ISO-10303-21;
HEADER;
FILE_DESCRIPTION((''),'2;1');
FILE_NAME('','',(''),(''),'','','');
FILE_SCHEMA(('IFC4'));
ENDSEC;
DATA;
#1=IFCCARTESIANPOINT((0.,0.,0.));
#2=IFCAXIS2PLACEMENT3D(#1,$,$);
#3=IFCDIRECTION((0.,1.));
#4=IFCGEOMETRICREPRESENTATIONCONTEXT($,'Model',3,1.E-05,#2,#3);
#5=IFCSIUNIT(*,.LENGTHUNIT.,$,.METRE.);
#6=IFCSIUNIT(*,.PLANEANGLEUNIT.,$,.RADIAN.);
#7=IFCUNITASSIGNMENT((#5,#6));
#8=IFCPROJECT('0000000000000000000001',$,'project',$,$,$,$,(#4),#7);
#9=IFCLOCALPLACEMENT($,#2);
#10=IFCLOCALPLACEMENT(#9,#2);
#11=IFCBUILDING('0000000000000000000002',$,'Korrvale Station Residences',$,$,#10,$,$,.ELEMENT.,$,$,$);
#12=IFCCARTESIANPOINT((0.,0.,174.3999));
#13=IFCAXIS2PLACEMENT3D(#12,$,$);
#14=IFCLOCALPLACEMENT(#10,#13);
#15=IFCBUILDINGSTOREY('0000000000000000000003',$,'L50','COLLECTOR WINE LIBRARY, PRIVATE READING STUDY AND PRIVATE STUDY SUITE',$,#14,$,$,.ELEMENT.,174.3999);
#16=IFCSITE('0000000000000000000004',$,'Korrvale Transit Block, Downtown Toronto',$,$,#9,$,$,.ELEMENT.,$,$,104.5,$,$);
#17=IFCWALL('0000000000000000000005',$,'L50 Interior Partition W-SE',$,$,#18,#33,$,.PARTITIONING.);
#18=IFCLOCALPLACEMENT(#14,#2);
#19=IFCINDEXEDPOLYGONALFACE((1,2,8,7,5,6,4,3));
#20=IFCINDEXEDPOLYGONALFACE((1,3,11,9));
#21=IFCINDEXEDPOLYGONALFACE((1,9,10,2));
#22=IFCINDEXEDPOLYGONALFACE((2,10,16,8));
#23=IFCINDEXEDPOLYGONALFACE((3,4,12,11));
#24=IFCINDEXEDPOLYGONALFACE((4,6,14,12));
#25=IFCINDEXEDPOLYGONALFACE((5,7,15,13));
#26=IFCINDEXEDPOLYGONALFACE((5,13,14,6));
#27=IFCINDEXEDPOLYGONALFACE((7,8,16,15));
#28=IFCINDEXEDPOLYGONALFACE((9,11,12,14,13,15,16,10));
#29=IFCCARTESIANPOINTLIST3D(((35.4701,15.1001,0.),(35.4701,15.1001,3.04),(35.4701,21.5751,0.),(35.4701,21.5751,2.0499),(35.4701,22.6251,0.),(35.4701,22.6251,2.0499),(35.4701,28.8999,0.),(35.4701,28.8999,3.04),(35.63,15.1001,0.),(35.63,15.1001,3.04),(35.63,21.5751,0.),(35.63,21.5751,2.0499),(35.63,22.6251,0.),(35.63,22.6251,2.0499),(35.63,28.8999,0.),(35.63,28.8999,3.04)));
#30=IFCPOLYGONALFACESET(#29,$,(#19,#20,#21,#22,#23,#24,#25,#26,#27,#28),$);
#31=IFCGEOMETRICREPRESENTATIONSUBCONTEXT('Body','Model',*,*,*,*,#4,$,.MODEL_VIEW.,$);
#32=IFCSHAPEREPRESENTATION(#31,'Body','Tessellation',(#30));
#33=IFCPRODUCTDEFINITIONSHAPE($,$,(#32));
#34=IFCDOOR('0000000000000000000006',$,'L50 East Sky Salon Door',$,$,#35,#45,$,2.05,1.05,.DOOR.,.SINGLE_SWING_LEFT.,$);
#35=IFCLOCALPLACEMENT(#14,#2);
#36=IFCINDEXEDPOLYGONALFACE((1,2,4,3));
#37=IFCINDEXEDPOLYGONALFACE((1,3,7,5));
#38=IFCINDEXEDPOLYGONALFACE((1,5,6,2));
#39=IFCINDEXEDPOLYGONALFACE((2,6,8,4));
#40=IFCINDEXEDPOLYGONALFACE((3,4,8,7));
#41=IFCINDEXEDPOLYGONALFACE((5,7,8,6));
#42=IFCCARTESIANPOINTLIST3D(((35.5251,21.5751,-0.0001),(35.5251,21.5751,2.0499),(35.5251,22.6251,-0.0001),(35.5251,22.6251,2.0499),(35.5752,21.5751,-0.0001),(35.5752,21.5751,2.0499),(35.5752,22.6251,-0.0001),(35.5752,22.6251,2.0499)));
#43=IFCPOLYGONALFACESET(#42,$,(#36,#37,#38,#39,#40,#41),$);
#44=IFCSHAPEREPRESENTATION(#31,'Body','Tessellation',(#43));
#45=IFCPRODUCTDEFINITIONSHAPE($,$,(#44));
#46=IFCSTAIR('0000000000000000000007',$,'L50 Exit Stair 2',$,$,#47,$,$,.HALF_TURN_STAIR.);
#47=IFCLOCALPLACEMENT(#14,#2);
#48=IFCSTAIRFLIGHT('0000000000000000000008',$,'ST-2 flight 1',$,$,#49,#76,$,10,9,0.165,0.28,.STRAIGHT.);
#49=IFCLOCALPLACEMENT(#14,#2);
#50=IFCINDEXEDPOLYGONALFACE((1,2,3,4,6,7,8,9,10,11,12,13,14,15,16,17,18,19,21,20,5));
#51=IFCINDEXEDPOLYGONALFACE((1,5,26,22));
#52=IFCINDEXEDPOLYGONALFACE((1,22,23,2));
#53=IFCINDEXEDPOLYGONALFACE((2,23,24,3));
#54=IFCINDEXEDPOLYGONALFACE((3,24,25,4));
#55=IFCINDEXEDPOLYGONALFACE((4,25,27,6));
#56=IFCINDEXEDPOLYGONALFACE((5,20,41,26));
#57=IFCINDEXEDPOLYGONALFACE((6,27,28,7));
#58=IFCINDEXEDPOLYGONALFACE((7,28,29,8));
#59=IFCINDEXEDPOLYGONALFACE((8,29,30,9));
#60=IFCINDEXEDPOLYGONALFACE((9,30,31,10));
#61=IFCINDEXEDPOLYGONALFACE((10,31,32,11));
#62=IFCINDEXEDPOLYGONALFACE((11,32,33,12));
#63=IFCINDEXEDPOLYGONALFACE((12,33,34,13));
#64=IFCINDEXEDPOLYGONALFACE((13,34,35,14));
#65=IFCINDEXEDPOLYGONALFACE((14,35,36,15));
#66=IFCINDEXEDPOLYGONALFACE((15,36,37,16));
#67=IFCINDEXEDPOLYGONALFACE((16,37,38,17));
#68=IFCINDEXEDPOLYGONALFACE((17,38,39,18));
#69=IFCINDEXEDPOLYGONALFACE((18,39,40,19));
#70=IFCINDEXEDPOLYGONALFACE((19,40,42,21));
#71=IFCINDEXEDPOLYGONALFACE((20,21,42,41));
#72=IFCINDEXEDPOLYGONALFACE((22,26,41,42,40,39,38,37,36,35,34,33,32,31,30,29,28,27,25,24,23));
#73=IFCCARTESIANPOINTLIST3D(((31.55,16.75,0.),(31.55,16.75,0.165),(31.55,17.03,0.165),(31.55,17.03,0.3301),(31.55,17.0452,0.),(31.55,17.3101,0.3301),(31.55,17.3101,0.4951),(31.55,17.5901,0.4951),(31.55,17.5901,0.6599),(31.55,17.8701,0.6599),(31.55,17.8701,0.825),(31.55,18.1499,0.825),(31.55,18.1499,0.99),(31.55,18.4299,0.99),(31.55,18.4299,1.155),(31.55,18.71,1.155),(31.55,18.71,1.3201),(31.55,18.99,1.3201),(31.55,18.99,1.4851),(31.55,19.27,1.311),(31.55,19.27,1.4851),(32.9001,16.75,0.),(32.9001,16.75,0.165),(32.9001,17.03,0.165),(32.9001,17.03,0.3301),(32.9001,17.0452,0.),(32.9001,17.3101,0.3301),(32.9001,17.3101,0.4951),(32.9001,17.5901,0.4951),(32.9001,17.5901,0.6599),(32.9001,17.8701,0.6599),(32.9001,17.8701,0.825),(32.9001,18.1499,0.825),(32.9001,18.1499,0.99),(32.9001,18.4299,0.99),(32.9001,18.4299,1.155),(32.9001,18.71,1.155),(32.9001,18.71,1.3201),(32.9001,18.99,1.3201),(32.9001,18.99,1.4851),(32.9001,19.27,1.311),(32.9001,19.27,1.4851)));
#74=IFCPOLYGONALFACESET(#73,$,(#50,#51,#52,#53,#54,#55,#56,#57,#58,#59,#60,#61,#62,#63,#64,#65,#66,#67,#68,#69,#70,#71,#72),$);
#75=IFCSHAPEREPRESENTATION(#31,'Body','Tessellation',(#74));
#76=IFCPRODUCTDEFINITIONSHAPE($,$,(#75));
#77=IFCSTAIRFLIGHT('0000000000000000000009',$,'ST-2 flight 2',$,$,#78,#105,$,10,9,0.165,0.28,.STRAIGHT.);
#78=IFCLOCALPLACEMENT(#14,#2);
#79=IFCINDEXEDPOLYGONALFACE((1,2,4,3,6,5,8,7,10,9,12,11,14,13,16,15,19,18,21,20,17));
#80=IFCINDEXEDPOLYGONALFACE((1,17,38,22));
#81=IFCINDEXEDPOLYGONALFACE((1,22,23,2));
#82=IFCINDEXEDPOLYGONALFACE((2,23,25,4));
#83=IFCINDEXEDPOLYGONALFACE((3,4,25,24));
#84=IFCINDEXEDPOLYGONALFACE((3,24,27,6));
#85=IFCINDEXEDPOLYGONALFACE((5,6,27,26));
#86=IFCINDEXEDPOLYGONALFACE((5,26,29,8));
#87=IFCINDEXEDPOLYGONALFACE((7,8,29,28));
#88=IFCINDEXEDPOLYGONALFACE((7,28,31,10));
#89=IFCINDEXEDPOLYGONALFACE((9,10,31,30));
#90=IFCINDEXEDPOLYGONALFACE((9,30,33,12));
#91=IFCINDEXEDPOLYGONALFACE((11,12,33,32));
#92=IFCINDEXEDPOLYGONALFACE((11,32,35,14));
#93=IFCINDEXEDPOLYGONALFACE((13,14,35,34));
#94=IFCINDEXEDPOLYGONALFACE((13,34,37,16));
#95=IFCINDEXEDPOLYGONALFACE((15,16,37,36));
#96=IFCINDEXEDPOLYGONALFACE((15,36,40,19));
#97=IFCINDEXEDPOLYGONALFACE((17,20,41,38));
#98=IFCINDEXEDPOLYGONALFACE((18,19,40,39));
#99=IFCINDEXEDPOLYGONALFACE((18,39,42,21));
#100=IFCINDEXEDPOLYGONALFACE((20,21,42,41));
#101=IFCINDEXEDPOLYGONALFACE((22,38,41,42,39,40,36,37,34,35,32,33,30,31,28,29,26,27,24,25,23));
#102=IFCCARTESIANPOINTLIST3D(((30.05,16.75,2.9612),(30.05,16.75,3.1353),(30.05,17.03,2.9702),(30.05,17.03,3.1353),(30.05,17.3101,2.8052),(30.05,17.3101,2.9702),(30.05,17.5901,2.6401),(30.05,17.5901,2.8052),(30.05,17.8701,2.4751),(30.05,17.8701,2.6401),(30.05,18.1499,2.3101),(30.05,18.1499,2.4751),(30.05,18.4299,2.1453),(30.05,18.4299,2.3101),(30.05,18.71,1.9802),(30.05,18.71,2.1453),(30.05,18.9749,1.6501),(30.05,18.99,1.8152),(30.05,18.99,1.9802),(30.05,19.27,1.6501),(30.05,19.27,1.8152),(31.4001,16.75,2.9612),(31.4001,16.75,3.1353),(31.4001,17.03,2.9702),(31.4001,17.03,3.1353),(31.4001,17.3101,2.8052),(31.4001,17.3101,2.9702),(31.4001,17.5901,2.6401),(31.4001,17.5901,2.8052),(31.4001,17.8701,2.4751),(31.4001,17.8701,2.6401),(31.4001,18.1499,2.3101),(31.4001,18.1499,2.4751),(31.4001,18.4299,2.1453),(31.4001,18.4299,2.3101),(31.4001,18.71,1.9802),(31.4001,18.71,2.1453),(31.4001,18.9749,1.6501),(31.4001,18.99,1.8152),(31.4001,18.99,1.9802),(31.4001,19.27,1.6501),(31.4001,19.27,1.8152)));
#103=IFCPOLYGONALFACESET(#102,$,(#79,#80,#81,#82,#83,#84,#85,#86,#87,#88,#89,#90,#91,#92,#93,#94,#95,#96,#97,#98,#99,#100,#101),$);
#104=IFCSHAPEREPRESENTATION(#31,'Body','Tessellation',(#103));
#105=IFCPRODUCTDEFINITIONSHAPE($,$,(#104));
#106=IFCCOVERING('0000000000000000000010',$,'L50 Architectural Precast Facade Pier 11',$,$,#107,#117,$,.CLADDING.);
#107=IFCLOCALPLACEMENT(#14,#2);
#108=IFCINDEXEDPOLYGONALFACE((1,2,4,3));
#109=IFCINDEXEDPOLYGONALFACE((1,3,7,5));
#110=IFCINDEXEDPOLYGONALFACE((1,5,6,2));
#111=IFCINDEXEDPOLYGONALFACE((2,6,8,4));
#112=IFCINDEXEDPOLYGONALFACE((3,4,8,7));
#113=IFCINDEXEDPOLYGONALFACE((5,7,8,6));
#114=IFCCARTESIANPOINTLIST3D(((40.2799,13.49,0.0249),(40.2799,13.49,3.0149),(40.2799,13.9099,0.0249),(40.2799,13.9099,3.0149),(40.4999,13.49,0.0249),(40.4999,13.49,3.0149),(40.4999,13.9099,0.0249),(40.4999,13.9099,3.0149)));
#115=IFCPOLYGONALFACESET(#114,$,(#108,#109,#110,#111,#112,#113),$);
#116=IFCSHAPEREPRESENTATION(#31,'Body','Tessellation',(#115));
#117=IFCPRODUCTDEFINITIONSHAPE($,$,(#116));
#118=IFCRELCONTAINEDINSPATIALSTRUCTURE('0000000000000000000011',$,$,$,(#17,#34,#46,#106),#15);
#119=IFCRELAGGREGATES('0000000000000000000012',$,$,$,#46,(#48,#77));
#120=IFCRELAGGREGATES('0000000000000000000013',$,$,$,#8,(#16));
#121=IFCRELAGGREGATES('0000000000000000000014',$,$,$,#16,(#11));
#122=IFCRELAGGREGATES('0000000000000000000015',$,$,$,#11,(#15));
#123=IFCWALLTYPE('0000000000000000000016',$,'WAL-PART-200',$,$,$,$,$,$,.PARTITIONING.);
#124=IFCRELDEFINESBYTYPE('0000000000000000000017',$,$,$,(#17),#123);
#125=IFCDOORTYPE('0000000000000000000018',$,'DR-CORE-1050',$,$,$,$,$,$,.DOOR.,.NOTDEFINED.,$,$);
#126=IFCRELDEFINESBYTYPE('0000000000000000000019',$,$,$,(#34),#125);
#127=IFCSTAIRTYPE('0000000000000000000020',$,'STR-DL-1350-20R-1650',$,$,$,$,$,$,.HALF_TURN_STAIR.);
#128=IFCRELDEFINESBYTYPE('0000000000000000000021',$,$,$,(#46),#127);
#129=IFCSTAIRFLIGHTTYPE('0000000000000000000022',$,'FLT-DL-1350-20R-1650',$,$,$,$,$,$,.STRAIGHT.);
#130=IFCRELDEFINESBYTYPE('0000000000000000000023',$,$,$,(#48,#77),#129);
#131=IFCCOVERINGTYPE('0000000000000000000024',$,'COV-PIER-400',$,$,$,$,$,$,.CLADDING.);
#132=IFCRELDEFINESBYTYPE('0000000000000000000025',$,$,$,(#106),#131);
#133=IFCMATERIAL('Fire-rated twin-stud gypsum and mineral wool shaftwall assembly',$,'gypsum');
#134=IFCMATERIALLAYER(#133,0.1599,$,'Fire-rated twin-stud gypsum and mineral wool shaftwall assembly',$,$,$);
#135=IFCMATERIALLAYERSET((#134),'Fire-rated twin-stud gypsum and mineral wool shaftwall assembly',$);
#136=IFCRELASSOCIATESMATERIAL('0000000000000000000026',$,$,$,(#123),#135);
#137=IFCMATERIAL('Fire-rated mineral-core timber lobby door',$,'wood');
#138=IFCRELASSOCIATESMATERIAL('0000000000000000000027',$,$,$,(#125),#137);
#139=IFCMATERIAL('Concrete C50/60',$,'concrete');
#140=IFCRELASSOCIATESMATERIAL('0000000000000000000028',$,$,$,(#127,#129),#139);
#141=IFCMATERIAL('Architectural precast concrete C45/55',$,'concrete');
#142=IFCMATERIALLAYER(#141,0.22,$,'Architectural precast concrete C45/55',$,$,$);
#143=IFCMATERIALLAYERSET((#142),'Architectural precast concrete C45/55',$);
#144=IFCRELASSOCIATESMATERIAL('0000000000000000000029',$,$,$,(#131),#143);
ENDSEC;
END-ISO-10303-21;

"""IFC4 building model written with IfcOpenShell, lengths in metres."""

from ifc_helpers import new_model, si_unit, direction, frame, frame_2d, origin, origin_2d, place, context, subcontext, project, spatial, polyline, rectangle, outline, extrude, material, layer, layer_set, type_object, element, fill, aggregate, save


model = new_model("IFC4")

# Units and contexts
model_context = context("Model", 3, precision=1e-05, world=origin(), true_north=direction((0.0, 1.0)))
body_context = subcontext(model_context, "Body", "Model", "MODEL_VIEW")
ifc_project = project(units=[si_unit("LENGTHUNIT", "METRE"), si_unit("PLANEANGLEUNIT", "RADIAN")], contexts=[model_context])

# Site, building, storey
site_placement = place(None, origin())
site = spatial("IfcSite", under=ifc_project, at=site_placement, Name="Korrvale Transit Block, Downtown Toronto", CompositionType="ELEMENT", RefElevation=104.5)
building_placement = place(site_placement, origin())
building = spatial("IfcBuilding", under=site, at=building_placement, Name="Korrvale Station Residences", CompositionType="ELEMENT")
storey_placement = place(building_placement, frame((0.0, 0.0, 174.3999)))
storey = spatial("IfcBuildingStorey", under=building, at=storey_placement, Name="L50", Description="COLLECTOR WINE LIBRARY, PRIVATE READING STUDY AND PRIVATE STUDY SUITE", CompositionType="ELEMENT", Elevation=174.3999)

# Shared definitions
ifc_material_1 = material(Name="Concrete C50/60", Category="concrete")

# Wall, opening, door
ifc_material_2 = material(Name="Fire-rated twin-stud gypsum and mineral wool shaftwall assembly", Category="gypsum")
ifc_layer_1 = layer(ifc_material_2, 0.1599, Name="Fire-rated twin-stud gypsum and mineral wool shaftwall assembly")
ifc_layer_set_1 = layer_set([ifc_layer_1], Name="Fire-rated twin-stud gypsum and mineral wool shaftwall assembly")
wall_type_1 = type_object("IfcWallType", Name="WAL-PART-200", PredefinedType="PARTITIONING", material=ifc_layer_set_1)
wall_1_placement = place(storey_placement, frame((35.55, 15.1001, 0.0), z_axis=(0.0, 0.0, 1.0), x_axis=(0.0, 1.0, 0.0)))
wall_1 = element("IfcWall", 1, at=wall_1_placement, inside=storey, type_object=wall_type_1, Name="L50 Interior Partition W-SE", PredefinedType="PARTITIONING", context=body_context, shape_type="SweptSolid", body=[
    extrude(rectangle(XDim=13.7998, YDim=0.1599, at=frame_2d((6.8999, 0.0))), origin(), (0.0, 0.0, 1.0), 3.04),
])
opening_placement = place(wall_1_placement, frame((6.4751, 0.0, 0.0)))
opening = element("IfcOpeningElement", 2, at=opening_placement, cuts=wall_1, PredefinedType="OPENING", context=body_context, shape_type="SweptSolid", body=[
    extrude(rectangle(XDim=1.05, YDim=2.05, at=frame_2d((0.5249, 1.0249))), frame((0.0, 0.0898, 0.0), z_axis=(0.0, -1.0, 0.0), x_axis=(1.0, 0.0, 0.0)), (0.0, 0.0, 1.0), 0.1799),
])
ifc_material_3 = material(Name="Fire-rated mineral-core timber lobby door", Category="wood")
door_type = type_object("IfcDoorType", Name="DR-CORE-1050", OperationType="NOTDEFINED", PredefinedType="DOOR", material=ifc_material_3)
door_placement = place(opening_placement, origin())
door = element("IfcDoor", 3, at=door_placement, inside=storey, type_object=door_type, Name="L50 East Sky Salon Door", OperationType="SINGLE_SWING_LEFT", OverallHeight=2.05, OverallWidth=1.05, PredefinedType="DOOR", context=body_context, shape_type="SweptSolid", body=[
    extrude(rectangle(XDim=1.05, YDim=2.05, at=frame_2d((0.5249, 1.0249))), frame((0.0, 0.0249, 0.0), z_axis=(0.0, -1.0, 0.0), x_axis=(1.0, 0.0, 0.0)), (0.0, 0.0, 1.0), 0.05),
])
fill(opening, door)

# Stair, stair flights
stair_type = type_object("IfcStairType", Name="STR-DL-1350-20R-1650", PredefinedType="HALF_TURN_STAIR", material=ifc_material_1)
stair_placement = place(storey_placement, origin())
stair = element("IfcStair", 4, at=stair_placement, inside=storey, type_object=stair_type, Name="L50 Exit Stair 2", PredefinedType="HALF_TURN_STAIR")
stair_flight_type = type_object("IfcStairFlightType", Name="FLT-DL-1350-20R-1650", PredefinedType="STRAIGHT", material=ifc_material_1)
stair_flight_1_placement = place(storey_placement, frame((32.2251, 16.75, 0.0), z_axis=(0.0, 0.0, 1.0), x_axis=(0.0, 1.0, 0.0)))
stair_flight_1 = element("IfcStairFlight", 5, at=stair_flight_1_placement, type_object=stair_flight_type, Name="ST-2 flight 1", NumberOfRisers=10, NumberOfTreads=9, PredefinedType="STRAIGHT", RiserHeight=0.165, TreadLength=0.28, context=body_context, shape_type="SweptSolid", body=[
    extrude(outline(polyline([(0.0, 0.0), (0.0, 0.165), (0.28, 0.165), (0.28, 0.3301), (0.5601, 0.3301), (0.5601, 0.4951), (0.8401, 0.4951), (0.8401, 0.6599), (1.1201, 0.6599), (1.1201, 0.825), (1.3999, 0.825), (1.3999, 0.99), (1.6799, 0.99), (1.6799, 1.155), (1.96, 1.155), (1.96, 1.3201), (2.24, 1.3201), (2.24, 1.4851), (2.52, 1.4851), (2.52, 1.6499), (2.52, 1.311), (0.2952, 0.0), (0.0, 0.0)])), frame((0.0, 0.675, 0.0), z_axis=(0.0, -1.0, 0.0), x_axis=(1.0, 0.0, 0.0)), (0.0, 0.0, 1.0), 1.3501),
])
stair_flight_2_placement = place(storey_placement, frame((30.7251, 19.27, 1.6501), z_axis=(0.0, 0.0, 1.0), x_axis=(0.0, -1.0, 0.0)))
stair_flight_2 = element("IfcStairFlight", 6, at=stair_flight_2_placement, type_object=stair_flight_type, Name="ST-2 flight 2", NumberOfRisers=10, NumberOfTreads=9, PredefinedType="STRAIGHT", RiserHeight=0.165, TreadLength=0.28, context=body_context, shape_type="SweptSolid", body=[
    extrude(outline(polyline([(0.0, 0.0), (0.0, 0.165), (0.28, 0.165), (0.28, 0.3301), (0.5601, 0.3301), (0.5601, 0.4951), (0.8401, 0.4951), (0.8401, 0.6599), (1.1201, 0.6599), (1.1201, 0.825), (1.3999, 0.825), (1.3999, 0.99), (1.6799, 0.99), (1.6799, 1.155), (1.96, 1.155), (1.96, 1.3201), (2.24, 1.3201), (2.24, 1.4851), (2.52, 1.4851), (2.52, 1.6499), (2.52, 1.311), (0.2952, 0.0), (0.0, 0.0)])), frame((0.0, 0.675, 0.0), z_axis=(0.0, -1.0, 0.0), x_axis=(1.0, 0.0, 0.0)), (0.0, 0.0, 1.0), 1.3501),
])
aggregate(stair, [stair_flight_1, stair_flight_2])

# Covering
ifc_material_4 = material(Name="Architectural precast concrete C45/55", Category="concrete")
ifc_layer_2 = layer(ifc_material_4, 0.22, Name="Architectural precast concrete C45/55")
ifc_layer_set_2 = layer_set([ifc_layer_2], Name="Architectural precast concrete C45/55")
covering_type = type_object("IfcCoveringType", Name="COV-PIER-400", PredefinedType="CLADDING", material=ifc_layer_set_2)
covering_placement = place(storey_placement, frame((40.3899, 13.7, 0.0249), z_axis=(0.0, 0.0, 1.0), x_axis=(0.0, 1.0, 0.0)))
element("IfcCovering", 7, at=covering_placement, inside=storey, type_object=covering_type, Name="L50 Architectural Precast Facade Pier 11", PredefinedType="CLADDING", context=body_context, shape_type="SweptSolid", body=[
    extrude(rectangle(XDim=0.4199, YDim=0.22, at=origin_2d()), origin(), (0.0, 0.0, 1.0), 2.99),
])

save(model, "model.ifc")
